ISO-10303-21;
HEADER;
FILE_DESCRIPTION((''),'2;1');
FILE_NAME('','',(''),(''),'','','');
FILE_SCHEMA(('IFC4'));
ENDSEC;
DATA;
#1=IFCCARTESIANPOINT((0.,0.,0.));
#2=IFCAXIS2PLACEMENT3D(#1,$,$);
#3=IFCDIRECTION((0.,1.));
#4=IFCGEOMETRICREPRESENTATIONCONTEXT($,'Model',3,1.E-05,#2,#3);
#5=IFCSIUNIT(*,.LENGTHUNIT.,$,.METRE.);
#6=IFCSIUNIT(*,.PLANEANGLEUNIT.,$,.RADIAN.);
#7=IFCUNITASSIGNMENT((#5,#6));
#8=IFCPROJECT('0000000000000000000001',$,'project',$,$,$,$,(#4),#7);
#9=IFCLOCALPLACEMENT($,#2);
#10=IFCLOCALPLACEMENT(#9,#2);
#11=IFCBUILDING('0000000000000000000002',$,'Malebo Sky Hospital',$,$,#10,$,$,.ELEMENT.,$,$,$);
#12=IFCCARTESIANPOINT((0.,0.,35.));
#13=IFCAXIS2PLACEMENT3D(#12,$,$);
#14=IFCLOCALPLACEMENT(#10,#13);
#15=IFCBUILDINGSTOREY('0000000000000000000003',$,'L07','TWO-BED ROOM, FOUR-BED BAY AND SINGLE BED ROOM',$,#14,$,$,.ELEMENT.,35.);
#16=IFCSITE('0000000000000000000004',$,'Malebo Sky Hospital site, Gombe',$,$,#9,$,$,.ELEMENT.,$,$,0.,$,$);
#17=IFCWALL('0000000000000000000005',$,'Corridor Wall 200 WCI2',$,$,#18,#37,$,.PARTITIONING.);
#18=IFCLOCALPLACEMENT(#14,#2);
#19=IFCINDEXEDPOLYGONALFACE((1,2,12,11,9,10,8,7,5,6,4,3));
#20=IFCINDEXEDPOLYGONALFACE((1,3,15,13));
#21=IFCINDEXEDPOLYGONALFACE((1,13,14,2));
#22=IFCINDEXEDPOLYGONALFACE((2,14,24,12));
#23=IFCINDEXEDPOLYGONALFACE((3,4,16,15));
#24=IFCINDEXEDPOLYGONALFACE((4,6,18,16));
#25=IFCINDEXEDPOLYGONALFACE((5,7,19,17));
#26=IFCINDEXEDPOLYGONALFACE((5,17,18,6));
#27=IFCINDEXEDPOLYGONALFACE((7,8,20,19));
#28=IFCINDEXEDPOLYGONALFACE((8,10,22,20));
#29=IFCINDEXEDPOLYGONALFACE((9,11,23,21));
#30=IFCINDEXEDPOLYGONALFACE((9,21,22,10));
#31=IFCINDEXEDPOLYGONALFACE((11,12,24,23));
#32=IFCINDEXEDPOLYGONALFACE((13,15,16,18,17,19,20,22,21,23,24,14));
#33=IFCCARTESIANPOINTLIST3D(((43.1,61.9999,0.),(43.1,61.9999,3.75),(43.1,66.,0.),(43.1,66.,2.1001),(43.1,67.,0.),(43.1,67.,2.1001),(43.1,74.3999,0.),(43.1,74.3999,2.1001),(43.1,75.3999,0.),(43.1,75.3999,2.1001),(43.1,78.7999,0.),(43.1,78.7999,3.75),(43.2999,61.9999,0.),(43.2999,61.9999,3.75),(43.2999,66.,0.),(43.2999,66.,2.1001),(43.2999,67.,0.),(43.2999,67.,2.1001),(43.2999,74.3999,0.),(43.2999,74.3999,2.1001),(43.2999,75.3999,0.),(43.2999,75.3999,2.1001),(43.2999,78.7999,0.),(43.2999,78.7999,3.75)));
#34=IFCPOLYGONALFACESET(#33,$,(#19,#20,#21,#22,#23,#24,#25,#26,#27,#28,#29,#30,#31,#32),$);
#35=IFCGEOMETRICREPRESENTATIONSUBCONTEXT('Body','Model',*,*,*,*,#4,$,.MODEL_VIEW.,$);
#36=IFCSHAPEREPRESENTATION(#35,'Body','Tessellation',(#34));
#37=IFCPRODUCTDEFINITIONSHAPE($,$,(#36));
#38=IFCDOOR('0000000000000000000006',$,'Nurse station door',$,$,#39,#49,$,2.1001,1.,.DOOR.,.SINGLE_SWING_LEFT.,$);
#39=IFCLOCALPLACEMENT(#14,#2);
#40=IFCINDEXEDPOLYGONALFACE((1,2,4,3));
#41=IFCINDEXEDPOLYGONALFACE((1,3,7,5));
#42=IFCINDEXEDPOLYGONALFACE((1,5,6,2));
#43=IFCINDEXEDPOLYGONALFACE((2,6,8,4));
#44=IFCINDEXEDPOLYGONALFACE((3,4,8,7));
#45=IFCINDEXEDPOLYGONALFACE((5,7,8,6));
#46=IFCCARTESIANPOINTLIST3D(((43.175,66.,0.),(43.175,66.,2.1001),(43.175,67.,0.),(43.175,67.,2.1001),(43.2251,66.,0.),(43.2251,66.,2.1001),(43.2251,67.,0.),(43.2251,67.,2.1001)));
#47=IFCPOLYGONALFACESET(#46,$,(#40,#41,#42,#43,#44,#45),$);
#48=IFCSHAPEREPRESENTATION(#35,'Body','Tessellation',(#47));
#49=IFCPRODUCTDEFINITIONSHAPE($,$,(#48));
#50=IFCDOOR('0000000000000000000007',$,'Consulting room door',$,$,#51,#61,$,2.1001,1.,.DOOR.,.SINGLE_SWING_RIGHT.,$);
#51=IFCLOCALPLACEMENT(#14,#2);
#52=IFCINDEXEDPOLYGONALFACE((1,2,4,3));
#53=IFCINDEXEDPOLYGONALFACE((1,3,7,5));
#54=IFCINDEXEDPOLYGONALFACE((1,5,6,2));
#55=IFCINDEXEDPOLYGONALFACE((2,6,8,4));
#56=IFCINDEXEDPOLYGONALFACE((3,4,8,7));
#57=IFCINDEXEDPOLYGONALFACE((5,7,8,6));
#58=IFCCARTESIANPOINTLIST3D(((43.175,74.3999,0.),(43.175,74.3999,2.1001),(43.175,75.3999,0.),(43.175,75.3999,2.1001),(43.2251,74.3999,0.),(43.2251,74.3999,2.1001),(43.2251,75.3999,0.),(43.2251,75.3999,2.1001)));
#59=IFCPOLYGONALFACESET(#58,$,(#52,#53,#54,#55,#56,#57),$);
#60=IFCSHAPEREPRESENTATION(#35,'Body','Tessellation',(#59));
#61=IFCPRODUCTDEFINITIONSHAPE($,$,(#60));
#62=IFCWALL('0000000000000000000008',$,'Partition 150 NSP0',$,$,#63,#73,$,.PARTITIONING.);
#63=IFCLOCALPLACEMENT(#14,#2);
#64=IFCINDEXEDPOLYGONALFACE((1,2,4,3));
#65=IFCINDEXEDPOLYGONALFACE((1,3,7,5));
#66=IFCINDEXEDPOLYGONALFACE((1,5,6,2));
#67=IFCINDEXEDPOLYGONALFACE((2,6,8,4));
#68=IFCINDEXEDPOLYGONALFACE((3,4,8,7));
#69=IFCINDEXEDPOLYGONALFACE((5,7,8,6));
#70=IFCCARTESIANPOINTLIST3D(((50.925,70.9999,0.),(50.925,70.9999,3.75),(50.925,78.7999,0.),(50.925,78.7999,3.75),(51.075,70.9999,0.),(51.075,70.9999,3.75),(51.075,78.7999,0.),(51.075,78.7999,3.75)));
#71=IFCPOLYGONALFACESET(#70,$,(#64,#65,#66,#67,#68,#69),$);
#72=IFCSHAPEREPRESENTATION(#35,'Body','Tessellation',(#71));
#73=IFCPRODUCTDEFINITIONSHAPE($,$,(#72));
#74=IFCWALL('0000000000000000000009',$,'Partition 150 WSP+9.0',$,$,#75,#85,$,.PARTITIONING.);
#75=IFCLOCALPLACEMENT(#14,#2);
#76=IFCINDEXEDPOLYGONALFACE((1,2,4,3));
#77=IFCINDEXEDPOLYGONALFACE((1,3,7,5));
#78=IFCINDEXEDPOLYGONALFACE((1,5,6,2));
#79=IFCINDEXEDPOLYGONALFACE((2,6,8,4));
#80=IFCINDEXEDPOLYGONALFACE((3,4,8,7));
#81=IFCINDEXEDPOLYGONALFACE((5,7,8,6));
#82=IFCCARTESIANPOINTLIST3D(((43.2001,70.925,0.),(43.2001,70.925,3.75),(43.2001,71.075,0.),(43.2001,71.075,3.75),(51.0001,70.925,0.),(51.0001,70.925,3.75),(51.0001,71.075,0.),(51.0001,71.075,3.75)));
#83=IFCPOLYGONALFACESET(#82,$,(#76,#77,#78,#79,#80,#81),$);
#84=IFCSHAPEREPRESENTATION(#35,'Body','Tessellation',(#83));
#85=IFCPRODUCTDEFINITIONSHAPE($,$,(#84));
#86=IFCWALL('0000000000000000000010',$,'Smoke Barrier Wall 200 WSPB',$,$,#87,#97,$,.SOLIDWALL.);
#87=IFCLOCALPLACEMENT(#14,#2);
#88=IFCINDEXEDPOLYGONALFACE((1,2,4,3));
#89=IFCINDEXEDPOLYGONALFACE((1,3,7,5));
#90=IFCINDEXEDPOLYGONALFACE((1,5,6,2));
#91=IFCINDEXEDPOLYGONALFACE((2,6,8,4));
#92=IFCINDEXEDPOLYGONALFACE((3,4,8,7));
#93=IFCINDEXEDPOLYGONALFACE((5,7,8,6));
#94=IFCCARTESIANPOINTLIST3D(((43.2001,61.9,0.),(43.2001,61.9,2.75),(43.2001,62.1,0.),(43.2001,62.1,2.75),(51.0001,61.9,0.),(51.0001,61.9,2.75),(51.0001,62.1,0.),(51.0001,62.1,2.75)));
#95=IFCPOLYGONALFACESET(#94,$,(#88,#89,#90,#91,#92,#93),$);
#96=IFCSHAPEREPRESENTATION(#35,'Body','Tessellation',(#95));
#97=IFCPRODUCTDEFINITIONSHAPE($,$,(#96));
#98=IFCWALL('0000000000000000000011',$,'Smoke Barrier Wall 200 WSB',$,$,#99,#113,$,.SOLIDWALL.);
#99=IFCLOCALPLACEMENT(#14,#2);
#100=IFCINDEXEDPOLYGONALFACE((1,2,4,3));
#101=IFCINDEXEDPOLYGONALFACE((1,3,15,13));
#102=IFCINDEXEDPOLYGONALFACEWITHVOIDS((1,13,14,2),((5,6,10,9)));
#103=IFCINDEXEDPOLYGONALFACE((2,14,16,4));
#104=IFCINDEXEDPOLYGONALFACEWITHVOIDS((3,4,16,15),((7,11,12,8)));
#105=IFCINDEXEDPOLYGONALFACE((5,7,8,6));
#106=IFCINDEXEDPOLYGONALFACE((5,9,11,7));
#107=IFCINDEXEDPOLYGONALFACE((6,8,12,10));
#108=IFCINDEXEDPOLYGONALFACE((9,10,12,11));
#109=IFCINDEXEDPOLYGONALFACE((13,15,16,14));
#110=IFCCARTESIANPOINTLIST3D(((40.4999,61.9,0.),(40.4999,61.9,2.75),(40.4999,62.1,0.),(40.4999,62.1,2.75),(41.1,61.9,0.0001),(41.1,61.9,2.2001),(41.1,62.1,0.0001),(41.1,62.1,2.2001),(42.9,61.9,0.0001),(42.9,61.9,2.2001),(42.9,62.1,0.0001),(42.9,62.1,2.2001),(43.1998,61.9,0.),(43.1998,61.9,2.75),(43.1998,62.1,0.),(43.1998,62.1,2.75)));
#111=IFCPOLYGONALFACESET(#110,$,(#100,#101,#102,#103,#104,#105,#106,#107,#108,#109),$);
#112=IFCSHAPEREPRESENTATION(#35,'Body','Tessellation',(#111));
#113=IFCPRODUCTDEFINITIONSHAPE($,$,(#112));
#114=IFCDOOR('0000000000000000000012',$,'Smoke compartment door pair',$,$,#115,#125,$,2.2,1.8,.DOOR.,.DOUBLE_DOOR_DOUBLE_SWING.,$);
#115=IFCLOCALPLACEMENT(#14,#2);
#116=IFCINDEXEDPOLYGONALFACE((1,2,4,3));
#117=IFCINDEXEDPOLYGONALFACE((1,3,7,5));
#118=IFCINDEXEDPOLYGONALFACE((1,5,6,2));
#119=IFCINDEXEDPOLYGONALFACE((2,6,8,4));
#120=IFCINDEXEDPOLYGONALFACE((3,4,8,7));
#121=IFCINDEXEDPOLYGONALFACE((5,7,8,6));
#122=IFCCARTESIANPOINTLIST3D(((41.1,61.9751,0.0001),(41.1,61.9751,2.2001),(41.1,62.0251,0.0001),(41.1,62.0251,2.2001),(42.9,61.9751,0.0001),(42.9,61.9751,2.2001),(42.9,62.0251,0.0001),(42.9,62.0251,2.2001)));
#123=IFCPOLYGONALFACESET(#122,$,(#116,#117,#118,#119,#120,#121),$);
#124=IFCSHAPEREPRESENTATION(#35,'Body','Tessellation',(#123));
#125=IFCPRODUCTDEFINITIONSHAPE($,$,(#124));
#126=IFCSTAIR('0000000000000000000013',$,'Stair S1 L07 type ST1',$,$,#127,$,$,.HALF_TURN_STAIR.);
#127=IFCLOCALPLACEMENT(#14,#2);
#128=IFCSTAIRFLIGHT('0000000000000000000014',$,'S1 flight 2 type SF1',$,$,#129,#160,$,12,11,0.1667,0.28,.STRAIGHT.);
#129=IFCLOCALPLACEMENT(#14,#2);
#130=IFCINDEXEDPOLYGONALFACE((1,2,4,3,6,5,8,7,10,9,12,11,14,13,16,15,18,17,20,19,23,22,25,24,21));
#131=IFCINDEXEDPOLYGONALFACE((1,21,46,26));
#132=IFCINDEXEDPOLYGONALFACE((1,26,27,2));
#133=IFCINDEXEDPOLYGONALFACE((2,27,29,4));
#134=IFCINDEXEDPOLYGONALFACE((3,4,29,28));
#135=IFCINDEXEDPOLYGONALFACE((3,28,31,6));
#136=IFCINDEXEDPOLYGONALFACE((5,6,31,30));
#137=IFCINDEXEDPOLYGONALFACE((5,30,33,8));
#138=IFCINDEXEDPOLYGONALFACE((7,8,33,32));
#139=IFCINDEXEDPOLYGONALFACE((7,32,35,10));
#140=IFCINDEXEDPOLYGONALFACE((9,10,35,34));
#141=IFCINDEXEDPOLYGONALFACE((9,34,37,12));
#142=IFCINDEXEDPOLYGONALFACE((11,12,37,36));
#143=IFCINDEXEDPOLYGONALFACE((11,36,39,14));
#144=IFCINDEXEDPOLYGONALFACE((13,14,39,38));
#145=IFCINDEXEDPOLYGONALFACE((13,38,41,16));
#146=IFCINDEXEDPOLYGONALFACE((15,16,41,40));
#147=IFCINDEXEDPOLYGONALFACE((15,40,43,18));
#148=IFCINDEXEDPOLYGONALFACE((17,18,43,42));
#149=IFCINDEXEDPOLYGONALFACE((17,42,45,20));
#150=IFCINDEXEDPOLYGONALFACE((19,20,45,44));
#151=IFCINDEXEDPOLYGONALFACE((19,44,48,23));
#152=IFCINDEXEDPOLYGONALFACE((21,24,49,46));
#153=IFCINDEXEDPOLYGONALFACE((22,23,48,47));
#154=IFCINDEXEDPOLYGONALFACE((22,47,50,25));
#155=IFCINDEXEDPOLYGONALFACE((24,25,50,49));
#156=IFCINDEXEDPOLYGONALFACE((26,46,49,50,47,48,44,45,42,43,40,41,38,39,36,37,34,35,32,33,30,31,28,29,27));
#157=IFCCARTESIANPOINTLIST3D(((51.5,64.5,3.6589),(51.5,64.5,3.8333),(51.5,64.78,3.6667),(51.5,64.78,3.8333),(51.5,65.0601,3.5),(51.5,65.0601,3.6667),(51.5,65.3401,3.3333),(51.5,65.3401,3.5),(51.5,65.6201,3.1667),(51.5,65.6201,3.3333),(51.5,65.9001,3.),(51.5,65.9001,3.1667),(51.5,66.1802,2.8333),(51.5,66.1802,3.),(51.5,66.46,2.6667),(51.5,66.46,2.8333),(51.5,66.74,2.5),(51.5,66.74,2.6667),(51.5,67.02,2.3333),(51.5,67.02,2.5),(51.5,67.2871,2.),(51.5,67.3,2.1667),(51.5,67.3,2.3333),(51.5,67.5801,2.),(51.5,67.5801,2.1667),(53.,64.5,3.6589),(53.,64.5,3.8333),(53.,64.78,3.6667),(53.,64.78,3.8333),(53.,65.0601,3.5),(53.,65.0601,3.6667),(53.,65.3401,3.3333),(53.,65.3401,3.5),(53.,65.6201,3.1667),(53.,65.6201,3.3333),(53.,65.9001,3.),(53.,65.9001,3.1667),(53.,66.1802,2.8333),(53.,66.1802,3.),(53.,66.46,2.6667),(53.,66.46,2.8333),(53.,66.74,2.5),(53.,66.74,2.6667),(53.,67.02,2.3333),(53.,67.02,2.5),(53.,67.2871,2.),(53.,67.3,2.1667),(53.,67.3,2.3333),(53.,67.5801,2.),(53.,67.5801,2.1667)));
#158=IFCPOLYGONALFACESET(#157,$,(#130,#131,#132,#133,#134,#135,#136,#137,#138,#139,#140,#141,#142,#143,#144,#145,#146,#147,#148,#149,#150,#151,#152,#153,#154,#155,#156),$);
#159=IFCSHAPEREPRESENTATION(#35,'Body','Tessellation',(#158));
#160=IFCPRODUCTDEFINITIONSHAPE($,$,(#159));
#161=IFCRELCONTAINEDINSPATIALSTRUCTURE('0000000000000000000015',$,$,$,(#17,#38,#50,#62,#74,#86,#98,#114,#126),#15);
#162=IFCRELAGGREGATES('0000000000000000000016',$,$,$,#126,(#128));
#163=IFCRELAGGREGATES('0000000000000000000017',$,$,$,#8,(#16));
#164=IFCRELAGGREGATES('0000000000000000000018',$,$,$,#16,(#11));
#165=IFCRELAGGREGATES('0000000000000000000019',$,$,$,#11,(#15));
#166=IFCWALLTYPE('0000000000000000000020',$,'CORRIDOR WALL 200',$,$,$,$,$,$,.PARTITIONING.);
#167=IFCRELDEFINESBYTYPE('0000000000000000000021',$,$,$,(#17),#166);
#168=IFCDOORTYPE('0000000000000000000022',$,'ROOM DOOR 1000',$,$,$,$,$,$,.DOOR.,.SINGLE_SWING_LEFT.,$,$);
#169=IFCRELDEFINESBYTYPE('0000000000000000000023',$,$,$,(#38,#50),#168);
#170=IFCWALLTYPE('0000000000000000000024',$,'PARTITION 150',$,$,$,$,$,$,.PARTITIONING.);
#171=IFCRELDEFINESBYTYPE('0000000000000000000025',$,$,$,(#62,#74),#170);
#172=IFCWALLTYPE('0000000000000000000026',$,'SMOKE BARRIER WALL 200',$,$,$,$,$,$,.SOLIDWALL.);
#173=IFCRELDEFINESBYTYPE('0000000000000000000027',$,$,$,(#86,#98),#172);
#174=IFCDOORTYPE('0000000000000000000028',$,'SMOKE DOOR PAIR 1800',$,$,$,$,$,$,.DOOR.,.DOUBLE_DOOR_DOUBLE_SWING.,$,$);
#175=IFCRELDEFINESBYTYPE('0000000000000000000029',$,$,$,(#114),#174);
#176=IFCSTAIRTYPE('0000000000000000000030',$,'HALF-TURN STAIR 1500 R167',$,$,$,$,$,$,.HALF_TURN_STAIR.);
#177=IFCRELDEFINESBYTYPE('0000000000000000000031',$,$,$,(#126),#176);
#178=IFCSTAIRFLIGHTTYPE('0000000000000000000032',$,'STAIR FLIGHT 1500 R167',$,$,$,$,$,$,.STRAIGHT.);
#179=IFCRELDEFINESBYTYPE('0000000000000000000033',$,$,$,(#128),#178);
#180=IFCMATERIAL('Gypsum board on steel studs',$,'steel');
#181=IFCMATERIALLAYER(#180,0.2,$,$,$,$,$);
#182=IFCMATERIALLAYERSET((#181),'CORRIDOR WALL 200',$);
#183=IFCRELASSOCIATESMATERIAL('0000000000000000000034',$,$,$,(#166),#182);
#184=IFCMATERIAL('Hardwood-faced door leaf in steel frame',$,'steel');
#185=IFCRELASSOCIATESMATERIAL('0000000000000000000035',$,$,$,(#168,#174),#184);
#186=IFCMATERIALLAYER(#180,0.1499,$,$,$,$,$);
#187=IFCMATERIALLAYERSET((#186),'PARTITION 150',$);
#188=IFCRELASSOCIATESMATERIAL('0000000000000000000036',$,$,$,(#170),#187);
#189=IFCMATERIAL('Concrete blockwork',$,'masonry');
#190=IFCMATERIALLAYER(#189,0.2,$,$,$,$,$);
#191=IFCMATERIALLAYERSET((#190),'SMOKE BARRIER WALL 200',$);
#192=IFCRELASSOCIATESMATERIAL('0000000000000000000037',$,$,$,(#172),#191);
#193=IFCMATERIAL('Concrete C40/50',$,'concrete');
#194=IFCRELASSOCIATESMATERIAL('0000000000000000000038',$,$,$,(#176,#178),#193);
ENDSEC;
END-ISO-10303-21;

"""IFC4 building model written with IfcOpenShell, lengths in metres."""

from ifc_helpers import new_model, si_unit, direction, frame, frame_2d, origin, place, context, subcontext, project, spatial, polyline, rectangle, outline, extrude, material, layer, layer_set, type_object, element, fill, aggregate, save


model = new_model("IFC4")

# Units and contexts
model_context = context("Model", 3, precision=1e-05, world=origin(), true_north=direction((0.0, 1.0)))
body_context = subcontext(model_context, "Body", "Model", "MODEL_VIEW")
ifc_project = project(units=[si_unit("LENGTHUNIT", "METRE"), si_unit("PLANEANGLEUNIT", "RADIAN")], contexts=[model_context])

# Site, building, storey
site_placement = place(None, origin())
site = spatial("IfcSite", under=ifc_project, at=site_placement, Name="Malebo Sky Hospital site, Gombe", CompositionType="ELEMENT", RefElevation=0.0)
building_placement = place(site_placement, origin())
building = spatial("IfcBuilding", under=site, at=building_placement, Name="Malebo Sky Hospital", CompositionType="ELEMENT")
storey_placement = place(building_placement, frame((0.0, 0.0, 35.0)))
storey = spatial("IfcBuildingStorey", under=building, at=storey_placement, Name="L07", Description="TWO-BED ROOM, FOUR-BED BAY AND SINGLE BED ROOM", CompositionType="ELEMENT", Elevation=35.0)

# Shared definitions
ifc_material_1 = material(Name="Hardwood-faced door leaf in steel frame", Category="steel")

# Wall, openings, doors
ifc_material_2 = material(Name="Gypsum board on steel studs", Category="steel")
ifc_layer_1 = layer(ifc_material_2, 0.2)
ifc_layer_set_1 = layer_set([ifc_layer_1], Name="CORRIDOR WALL 200")
wall_type_1 = type_object("IfcWallType", Name="CORRIDOR WALL 200", PredefinedType="PARTITIONING", material=ifc_layer_set_1)
door_type_1 = type_object("IfcDoorType", Name="ROOM DOOR 1000", OperationType="SINGLE_SWING_LEFT", PredefinedType="DOOR", material=ifc_material_1)
wall_1_placement = place(storey_placement, frame((43.2, 62.0, 0.0), z_axis=(0.0, 0.0, 1.0), x_axis=(0.0, 1.0, 0.0)))
wall_1 = element("IfcWall", 1, at=wall_1_placement, inside=storey, type_object=wall_type_1, Name="Corridor Wall 200 WCI2", PredefinedType="PARTITIONING", context=body_context, shape_type="SweptSolid", body=[
    extrude(rectangle(XDim=16.8, YDim=0.2, at=frame_2d((8.3999, 0.0))), origin(), (0.0, 0.0, 1.0), 3.75),
])
opening_1_placement = place(wall_1_placement, frame((4.0, 0.0, 0.0)))
opening_1 = element("IfcOpeningElement", 2, at=opening_1_placement, cuts=wall_1, PredefinedType="OPENING", context=body_context, shape_type="SweptSolid", body=[
    extrude(rectangle(XDim=1.0, YDim=2.1001, at=frame_2d((0.5, 1.05))), frame((0.0, 0.1099, 0.0), z_axis=(0.0, -1.0, 0.0), x_axis=(1.0, 0.0, 0.0)), (0.0, 0.0, 1.0), 0.22),
])
opening_2_placement = place(wall_1_placement, frame((12.3999, 0.0, 0.0)))
opening_2 = element("IfcOpeningElement", 3, at=opening_2_placement, cuts=wall_1, PredefinedType="OPENING", context=body_context, shape_type="SweptSolid", body=[
    extrude(rectangle(XDim=1.0, YDim=2.1001, at=frame_2d((0.5, 1.05))), frame((0.0, 0.1099, 0.0), z_axis=(0.0, -1.0, 0.0), x_axis=(1.0, 0.0, 0.0)), (0.0, 0.0, 1.0), 0.22),
])
door_1_placement = place(opening_1_placement, origin())
door_1 = element("IfcDoor", 4, at=door_1_placement, inside=storey, type_object=door_type_1, Name="Nurse station door", OperationType="SINGLE_SWING_LEFT", OverallHeight=2.1001, OverallWidth=1.0, PredefinedType="DOOR", context=body_context, shape_type="SweptSolid", body=[
    extrude(rectangle(XDim=1.0, YDim=2.1001, at=frame_2d((0.5, 1.05))), frame((0.0, 0.0249, 0.0), z_axis=(0.0, -1.0, 0.0), x_axis=(1.0, 0.0, 0.0)), (0.0, 0.0, 1.0), 0.05),
])
fill(opening_1, door_1)
door_2_placement = place(opening_2_placement, origin())
door_2 = element("IfcDoor", 5, at=door_2_placement, inside=storey, type_object=door_type_1, Name="Consulting room door", OperationType="SINGLE_SWING_RIGHT", OverallHeight=2.1001, OverallWidth=1.0, PredefinedType="DOOR", context=body_context, shape_type="SweptSolid", body=[
    extrude(rectangle(XDim=1.0, YDim=2.1001, at=frame_2d((0.5, 1.05))), frame((0.0, 0.0249, 0.0), z_axis=(0.0, -1.0, 0.0), x_axis=(1.0, 0.0, 0.0)), (0.0, 0.0, 1.0), 0.05),
])
fill(opening_2, door_2)

# Walls
ifc_layer_2 = layer(ifc_material_2, 0.1499)
ifc_layer_set_2 = layer_set([ifc_layer_2], Name="PARTITION 150")
wall_type_2 = type_object("IfcWallType", Name="PARTITION 150", PredefinedType="PARTITIONING", material=ifc_layer_set_2)
for number, where, z_axis, x_axis, name in (
    (6, (51.0, 71.0, 0.0), (0.0, 0.0, 1.0), (0.0, 1.0, 0.0), "Partition 150 NSP0"),
    (7, (51.0, 71.0, 0.0), (0.0, 0.0, 1.0), (-1.0, 0.0, 0.0), "Partition 150 WSP+9.0"),
):
    element("IfcWall", number, at=place(storey_placement, frame(where, z_axis=z_axis, x_axis=x_axis)), inside=storey, type_object=wall_type_2, Name=name, PredefinedType="PARTITIONING", context=body_context, shape_type="SweptSolid", body=[
        extrude(rectangle(XDim=7.8, YDim=0.1499, at=frame_2d((3.8999, 0.0))), origin(), (0.0, 0.0, 1.0), 3.75),
    ])
ifc_material_3 = material(Name="Concrete blockwork", Category="masonry")
ifc_layer_3 = layer(ifc_material_3, 0.2)
ifc_layer_set_3 = layer_set([ifc_layer_3], Name="SMOKE BARRIER WALL 200")
wall_type_3 = type_object("IfcWallType", Name="SMOKE BARRIER WALL 200", PredefinedType="SOLIDWALL", material=ifc_layer_set_3)
wall_2_placement = place(storey_placement, frame((51.0, 62.0, 0.0), z_axis=(0.0, 0.0, 1.0), x_axis=(-1.0, 0.0, 0.0)))
element("IfcWall", 8, at=wall_2_placement, inside=storey, type_object=wall_type_3, Name="Smoke Barrier Wall 200 WSPB", PredefinedType="SOLIDWALL", context=body_context, shape_type="SweptSolid", body=[
    extrude(rectangle(XDim=7.8, YDim=0.2, at=frame_2d((3.8999, 0.0))), origin(), (0.0, 0.0, 1.0), 2.75),
])

# Wall, opening, door
wall_3_placement = place(storey_placement, frame((43.2, 62.0, 0.0), z_axis=(0.0, 0.0, 1.0), x_axis=(-1.0, 0.0, 0.0)))
wall_3 = element("IfcWall", 9, at=wall_3_placement, inside=storey, type_object=wall_type_3, Name="Smoke Barrier Wall 200 WSB", PredefinedType="SOLIDWALL", context=body_context, shape_type="SweptSolid", body=[
    extrude(rectangle(XDim=2.7, YDim=0.2, at=frame_2d((1.3501, 0.0))), origin(), (0.0, 0.0, 1.0), 2.75),
])
opening_3_placement = place(wall_3_placement, frame((0.3, 0.0, 0.0)))
opening_3 = element("IfcOpeningElement", 10, at=opening_3_placement, cuts=wall_3, PredefinedType="OPENING", context=body_context, shape_type="SweptSolid", body=[
    extrude(rectangle(XDim=1.8, YDim=2.2, at=frame_2d((0.8999, 1.1001))), frame((0.0, 0.1099, 0.0), z_axis=(0.0, -1.0, 0.0), x_axis=(1.0, 0.0, 0.0)), (0.0, 0.0, 1.0), 0.22),
])
door_type_2 = type_object("IfcDoorType", Name="SMOKE DOOR PAIR 1800", OperationType="DOUBLE_DOOR_DOUBLE_SWING", PredefinedType="DOOR", material=ifc_material_1)
door_3_placement = place(opening_3_placement, origin())
door_3 = element("IfcDoor", 11, at=door_3_placement, inside=storey, type_object=door_type_2, Name="Smoke compartment door pair", OperationType="DOUBLE_DOOR_DOUBLE_SWING", OverallHeight=2.2, OverallWidth=1.8, PredefinedType="DOOR", context=body_context, shape_type="SweptSolid", body=[
    extrude(rectangle(XDim=1.8, YDim=2.2, at=frame_2d((0.8999, 1.1001))), frame((0.0, 0.0249, 0.0), z_axis=(0.0, -1.0, 0.0), x_axis=(1.0, 0.0, 0.0)), (0.0, 0.0, 1.0), 0.05),
])
fill(opening_3, door_3)

# Stair, stair flight
ifc_material_4 = material(Name="Concrete C40/50", Category="concrete")
stair_type = type_object("IfcStairType", Name="HALF-TURN STAIR 1500 R167", PredefinedType="HALF_TURN_STAIR", material=ifc_material_4)
stair_placement = place(storey_placement, origin())
stair = element("IfcStair", 12, at=stair_placement, inside=storey, type_object=stair_type, Name="Stair S1 L07 type ST1", PredefinedType="HALF_TURN_STAIR")
stair_flight_type = type_object("IfcStairFlightType", Name="STAIR FLIGHT 1500 R167", PredefinedType="STRAIGHT", material=ifc_material_4)
stair_flight_placement = place(storey_placement, frame((52.25, 67.5801, 2.0), z_axis=(0.0, 0.0, 1.0), x_axis=(0.0, -1.0, 0.0)))
stair_flight = element("IfcStairFlight", 13, at=stair_flight_placement, type_object=stair_flight_type, Name="S1 flight 2 type SF1", NumberOfRisers=12, NumberOfTreads=11, PredefinedType="STRAIGHT", RiserHeight=0.1667, TreadLength=0.28, context=body_context, shape_type="SweptSolid", body=[
    extrude(outline(polyline([(0.0, 0.0), (0.0, 0.1667), (0.28, 0.1667), (0.28, 0.3333), (0.5601, 0.3333), (0.5601, 0.5), (0.8401, 0.5), (0.8401, 0.6667), (1.1201, 0.6667), (1.1201, 0.8333), (1.3999, 0.8333), (1.3999, 1.0), (1.6799, 1.0), (1.6799, 1.1667), (1.96, 1.1667), (1.96, 1.3333), (2.24, 1.3333), (2.24, 1.5), (2.52, 1.5), (2.52, 1.6667), (2.8, 1.6667), (2.8, 1.8333), (3.0801, 1.8333), (3.0801, 2.0), (3.0801, 1.6589), (0.293, 0.0), (0.0, 0.0)])), frame((0.0, 0.75, 0.0), z_axis=(0.0, -1.0, 0.0), x_axis=(1.0, 0.0, 0.0)), (0.0, 0.0, 1.0), 1.5),
])
aggregate(stair, [stair_flight])

save(model, "model.ifc")
